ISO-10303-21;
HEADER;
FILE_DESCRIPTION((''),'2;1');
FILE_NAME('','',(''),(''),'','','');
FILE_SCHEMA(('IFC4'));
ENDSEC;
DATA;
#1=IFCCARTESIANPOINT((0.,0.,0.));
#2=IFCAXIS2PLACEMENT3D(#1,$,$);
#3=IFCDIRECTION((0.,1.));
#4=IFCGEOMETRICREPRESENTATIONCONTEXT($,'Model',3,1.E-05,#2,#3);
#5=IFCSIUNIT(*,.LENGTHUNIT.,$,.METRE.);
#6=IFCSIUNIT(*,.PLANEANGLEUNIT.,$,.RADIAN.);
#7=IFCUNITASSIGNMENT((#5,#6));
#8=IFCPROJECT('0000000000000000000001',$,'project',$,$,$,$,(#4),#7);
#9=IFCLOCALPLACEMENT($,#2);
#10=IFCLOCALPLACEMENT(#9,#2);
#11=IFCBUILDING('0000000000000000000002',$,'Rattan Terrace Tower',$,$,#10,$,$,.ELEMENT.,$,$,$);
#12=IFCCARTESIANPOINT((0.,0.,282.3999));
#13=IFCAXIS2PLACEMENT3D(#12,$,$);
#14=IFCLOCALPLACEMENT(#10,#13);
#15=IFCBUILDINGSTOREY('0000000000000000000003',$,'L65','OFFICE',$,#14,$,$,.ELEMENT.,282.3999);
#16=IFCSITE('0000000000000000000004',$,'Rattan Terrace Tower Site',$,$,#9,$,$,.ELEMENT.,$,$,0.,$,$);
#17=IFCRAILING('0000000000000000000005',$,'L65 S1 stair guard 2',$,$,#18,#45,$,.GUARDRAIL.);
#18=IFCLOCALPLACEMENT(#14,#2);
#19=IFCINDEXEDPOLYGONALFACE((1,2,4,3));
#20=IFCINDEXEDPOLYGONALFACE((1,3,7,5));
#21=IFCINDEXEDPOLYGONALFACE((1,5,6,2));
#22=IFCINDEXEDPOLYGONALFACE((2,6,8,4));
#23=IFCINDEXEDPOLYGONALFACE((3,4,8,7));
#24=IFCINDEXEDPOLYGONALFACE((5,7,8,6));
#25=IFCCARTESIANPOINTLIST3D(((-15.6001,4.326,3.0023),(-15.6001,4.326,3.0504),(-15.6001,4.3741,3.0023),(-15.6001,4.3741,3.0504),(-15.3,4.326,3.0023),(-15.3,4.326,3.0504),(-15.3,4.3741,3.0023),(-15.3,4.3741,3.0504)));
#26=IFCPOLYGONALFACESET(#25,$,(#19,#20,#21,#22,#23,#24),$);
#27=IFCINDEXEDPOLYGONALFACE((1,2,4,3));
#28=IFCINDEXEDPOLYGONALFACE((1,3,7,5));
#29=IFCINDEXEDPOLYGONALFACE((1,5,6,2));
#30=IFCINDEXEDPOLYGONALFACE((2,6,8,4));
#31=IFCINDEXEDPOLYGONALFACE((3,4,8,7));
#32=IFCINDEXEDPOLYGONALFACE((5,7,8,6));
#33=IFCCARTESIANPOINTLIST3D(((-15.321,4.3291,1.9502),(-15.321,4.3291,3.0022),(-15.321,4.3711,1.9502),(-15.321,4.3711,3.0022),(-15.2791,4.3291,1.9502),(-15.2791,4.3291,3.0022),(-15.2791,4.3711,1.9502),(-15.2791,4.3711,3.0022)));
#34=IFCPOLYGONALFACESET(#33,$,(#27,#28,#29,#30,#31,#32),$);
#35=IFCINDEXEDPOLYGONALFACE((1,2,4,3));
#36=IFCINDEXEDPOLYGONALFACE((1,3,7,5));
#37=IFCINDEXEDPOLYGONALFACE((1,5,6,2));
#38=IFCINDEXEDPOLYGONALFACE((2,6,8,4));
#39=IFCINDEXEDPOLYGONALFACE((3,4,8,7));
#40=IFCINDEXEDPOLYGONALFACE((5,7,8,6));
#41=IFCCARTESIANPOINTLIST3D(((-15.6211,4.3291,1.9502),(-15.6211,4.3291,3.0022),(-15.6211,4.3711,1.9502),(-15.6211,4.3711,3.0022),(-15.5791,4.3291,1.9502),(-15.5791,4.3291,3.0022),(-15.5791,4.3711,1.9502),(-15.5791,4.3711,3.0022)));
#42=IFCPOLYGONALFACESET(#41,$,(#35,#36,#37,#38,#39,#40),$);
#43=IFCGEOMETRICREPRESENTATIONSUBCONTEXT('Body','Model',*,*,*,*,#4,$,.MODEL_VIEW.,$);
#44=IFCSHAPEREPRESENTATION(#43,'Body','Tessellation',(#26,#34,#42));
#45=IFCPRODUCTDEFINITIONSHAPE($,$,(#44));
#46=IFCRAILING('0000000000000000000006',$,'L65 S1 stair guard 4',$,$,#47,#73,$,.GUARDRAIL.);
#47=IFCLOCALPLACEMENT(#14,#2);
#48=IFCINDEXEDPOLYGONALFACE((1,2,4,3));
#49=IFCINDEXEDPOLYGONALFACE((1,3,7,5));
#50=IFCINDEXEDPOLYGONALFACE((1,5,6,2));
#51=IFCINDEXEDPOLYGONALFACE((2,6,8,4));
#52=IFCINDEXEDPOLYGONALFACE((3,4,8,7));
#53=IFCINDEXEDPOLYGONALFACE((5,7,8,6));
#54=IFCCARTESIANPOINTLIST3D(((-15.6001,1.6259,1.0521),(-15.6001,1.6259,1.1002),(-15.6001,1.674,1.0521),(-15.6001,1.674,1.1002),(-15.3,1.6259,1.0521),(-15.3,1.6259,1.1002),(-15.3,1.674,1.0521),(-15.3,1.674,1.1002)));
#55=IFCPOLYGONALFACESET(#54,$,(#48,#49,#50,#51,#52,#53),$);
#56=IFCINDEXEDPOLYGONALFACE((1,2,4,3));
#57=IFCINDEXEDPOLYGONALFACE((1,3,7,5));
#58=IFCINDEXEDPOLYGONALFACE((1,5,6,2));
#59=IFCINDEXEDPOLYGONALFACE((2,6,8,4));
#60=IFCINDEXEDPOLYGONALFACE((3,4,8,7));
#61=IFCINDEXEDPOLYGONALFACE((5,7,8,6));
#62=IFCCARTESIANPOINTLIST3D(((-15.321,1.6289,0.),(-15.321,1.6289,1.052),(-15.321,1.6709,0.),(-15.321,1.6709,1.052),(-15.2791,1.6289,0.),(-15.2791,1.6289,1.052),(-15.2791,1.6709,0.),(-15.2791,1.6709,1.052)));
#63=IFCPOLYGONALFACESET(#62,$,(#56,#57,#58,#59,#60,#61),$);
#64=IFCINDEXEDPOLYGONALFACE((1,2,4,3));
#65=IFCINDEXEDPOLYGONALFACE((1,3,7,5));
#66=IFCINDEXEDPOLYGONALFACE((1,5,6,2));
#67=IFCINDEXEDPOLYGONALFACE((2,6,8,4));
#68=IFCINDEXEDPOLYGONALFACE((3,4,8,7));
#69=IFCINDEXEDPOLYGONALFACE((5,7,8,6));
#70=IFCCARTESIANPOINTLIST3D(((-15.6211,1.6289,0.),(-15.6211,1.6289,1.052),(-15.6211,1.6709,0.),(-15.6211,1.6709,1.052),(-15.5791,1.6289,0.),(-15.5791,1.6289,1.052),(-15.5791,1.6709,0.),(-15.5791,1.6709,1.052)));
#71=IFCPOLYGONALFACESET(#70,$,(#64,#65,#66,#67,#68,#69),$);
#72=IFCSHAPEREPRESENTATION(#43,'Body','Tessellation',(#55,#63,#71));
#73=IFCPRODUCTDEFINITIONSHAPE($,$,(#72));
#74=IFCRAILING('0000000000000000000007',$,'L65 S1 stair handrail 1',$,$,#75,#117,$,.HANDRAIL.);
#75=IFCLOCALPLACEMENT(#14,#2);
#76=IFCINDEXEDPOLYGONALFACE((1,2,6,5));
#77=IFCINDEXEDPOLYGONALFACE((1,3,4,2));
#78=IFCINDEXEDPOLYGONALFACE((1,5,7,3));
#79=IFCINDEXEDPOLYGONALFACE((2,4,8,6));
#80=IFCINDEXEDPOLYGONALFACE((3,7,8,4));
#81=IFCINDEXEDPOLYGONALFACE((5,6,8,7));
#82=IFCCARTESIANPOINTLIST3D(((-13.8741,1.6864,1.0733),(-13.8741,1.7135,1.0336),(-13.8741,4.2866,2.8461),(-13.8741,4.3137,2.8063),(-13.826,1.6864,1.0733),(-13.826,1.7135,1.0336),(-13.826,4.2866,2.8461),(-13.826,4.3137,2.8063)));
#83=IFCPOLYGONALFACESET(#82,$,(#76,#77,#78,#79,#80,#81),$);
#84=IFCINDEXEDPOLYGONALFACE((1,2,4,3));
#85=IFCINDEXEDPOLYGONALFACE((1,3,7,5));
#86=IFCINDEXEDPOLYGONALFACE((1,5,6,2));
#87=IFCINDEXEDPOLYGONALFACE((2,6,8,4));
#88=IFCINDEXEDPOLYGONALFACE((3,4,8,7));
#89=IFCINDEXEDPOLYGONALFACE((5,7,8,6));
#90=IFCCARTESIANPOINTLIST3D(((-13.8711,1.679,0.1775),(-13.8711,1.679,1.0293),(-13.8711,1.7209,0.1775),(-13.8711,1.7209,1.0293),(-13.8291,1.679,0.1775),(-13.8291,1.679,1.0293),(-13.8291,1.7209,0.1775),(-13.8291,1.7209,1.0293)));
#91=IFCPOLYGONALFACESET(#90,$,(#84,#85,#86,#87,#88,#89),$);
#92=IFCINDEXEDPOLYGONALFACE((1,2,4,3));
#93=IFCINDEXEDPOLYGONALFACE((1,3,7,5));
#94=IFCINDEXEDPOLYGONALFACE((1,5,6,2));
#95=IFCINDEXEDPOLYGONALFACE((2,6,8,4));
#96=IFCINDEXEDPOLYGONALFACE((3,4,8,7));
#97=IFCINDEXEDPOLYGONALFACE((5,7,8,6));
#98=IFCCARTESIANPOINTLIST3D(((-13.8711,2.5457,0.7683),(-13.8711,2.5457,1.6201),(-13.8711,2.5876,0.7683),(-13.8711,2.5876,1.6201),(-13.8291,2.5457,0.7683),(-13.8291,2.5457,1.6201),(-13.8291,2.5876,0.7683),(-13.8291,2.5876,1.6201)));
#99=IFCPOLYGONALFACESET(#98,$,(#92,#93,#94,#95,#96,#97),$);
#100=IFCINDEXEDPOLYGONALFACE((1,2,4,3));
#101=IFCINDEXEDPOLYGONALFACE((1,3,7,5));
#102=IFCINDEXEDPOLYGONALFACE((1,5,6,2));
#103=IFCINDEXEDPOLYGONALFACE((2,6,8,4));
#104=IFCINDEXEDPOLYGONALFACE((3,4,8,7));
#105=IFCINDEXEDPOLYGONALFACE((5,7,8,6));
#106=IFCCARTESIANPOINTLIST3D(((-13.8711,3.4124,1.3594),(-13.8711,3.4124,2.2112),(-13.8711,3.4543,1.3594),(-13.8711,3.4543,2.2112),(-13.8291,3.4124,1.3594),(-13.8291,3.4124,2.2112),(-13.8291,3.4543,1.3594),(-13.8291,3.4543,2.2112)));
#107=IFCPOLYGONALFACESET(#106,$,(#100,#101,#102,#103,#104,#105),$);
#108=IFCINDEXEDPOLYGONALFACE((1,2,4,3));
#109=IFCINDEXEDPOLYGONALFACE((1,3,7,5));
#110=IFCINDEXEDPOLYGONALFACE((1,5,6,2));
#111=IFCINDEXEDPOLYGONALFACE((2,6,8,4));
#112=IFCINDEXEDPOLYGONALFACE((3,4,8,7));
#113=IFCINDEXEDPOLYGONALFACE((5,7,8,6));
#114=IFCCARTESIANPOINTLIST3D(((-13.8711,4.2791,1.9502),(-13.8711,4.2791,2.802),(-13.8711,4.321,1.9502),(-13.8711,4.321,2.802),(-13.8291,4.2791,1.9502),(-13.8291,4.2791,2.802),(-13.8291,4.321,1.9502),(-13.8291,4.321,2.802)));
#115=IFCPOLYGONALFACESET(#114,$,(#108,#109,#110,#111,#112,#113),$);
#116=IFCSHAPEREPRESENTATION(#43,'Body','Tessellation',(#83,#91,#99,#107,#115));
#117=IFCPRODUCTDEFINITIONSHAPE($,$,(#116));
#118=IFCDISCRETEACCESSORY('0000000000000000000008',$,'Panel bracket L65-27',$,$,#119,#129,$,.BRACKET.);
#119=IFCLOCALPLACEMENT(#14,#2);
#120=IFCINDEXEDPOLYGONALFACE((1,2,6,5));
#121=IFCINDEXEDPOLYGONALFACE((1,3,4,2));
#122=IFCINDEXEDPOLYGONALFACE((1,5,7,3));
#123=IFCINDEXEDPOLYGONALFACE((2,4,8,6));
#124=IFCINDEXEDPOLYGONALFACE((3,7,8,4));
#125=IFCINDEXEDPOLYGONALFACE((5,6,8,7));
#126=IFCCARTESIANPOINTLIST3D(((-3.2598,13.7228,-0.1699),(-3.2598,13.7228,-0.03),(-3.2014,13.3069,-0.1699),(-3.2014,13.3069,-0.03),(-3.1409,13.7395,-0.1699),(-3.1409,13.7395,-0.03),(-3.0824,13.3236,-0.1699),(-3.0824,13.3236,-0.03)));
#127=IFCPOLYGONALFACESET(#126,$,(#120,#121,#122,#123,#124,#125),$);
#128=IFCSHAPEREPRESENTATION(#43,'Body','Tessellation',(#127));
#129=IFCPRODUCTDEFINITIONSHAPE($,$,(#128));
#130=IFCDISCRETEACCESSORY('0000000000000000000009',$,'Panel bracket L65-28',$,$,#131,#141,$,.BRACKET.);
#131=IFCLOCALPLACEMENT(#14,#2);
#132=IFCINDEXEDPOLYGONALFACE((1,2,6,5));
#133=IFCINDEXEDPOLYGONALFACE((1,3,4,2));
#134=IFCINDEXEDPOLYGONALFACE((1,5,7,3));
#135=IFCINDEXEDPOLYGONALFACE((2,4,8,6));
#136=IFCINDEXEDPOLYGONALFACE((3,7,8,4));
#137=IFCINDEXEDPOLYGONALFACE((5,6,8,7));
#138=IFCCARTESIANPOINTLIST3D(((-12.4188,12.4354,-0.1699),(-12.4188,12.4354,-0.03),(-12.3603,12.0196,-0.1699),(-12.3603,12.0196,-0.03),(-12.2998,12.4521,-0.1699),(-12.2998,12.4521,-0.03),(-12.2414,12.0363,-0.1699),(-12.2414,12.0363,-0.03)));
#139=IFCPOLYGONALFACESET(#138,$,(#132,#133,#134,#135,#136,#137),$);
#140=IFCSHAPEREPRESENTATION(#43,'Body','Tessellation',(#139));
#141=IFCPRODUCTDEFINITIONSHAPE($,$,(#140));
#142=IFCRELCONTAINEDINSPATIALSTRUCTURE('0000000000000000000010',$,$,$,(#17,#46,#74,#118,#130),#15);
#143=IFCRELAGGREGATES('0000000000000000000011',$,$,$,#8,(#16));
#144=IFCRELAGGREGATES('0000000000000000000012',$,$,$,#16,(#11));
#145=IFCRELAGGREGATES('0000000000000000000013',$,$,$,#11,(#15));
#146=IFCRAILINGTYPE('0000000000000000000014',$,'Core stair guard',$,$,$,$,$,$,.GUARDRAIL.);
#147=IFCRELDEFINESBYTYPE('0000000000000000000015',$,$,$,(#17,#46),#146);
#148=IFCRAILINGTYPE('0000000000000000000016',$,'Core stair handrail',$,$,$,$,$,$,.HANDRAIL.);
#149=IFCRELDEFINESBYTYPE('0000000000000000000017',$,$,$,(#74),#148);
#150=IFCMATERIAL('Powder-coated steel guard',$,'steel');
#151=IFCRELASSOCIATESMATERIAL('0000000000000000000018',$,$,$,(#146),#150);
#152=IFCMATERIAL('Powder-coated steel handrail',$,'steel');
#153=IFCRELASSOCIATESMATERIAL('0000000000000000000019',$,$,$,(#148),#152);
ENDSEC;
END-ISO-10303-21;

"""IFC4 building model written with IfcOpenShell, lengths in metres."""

from ifc_helpers import new_model, si_unit, direction, frame, origin, origin_2d, place, context, subcontext, project, spatial, rectangle, extrude, material, type_object, element, save


model = new_model("IFC4")

# Units and contexts
model_context = context("Model", 3, precision=1e-05, world=origin(), true_north=direction((0.0, 1.0)))
body_context = subcontext(model_context, "Body", "Model", "MODEL_VIEW")
ifc_project = project(units=[si_unit("LENGTHUNIT", "METRE"), si_unit("PLANEANGLEUNIT", "RADIAN")], contexts=[model_context])

# Site, building, storey
site_placement = place(None, origin())
site = spatial("IfcSite", under=ifc_project, at=site_placement, Name="Rattan Terrace Tower Site", CompositionType="ELEMENT", RefElevation=0.0)
building_placement = place(site_placement, origin())
building = spatial("IfcBuilding", under=site, at=building_placement, Name="Rattan Terrace Tower", CompositionType="ELEMENT")
storey_placement = place(building_placement, frame((0.0, 0.0, 282.3999)))
storey = spatial("IfcBuildingStorey", under=building, at=storey_placement, Name="L65", Description="OFFICE", CompositionType="ELEMENT", Elevation=282.3999)

# Railings
ifc_material_1 = material(Name="Powder-coated steel guard", Category="steel")
railing_type_1 = type_object("IfcRailingType", Name="Core stair guard", PredefinedType="GUARDRAIL", material=ifc_material_1)
for number, where, name in (
    (1, (-15.3, 4.3501, 1.9502), "L65 S1 stair guard 2"),
    (2, (-15.3, 1.6499, 0.0), "L65 S1 stair guard 4"),
):
    element("IfcRailing", number, at=place(storey_placement, frame(where)), inside=storey, type_object=railing_type_1, Name=name, PredefinedType="GUARDRAIL", context=body_context, shape_type="SweptSolid", body=[
        extrude(rectangle(XDim=0.0481, YDim=0.0481, at=origin_2d()), frame((0.0, 0.0, 1.0762), z_axis=(-1.0, 0.0, 0.0), x_axis=(0.0, -1.0, 0.0)), (0.0, 0.0, 1.0), 0.3),
        extrude(rectangle(XDim=0.042, YDim=0.042, at=origin_2d()), origin(), (0.0, 0.0, 1.0), 1.052),
        extrude(rectangle(XDim=0.042, YDim=0.042, at=origin_2d()), frame((-0.3, 0.0, 0.0)), (0.0, 0.0, 1.0), 1.052),
    ])
ifc_material_2 = material(Name="Powder-coated steel handrail", Category="steel")
railing_type_2 = type_object("IfcRailingType", Name="Core stair handrail", PredefinedType="HANDRAIL", material=ifc_material_2)
railing_1_placement = place(storey_placement, frame((-13.8501, 1.7, 0.1775)))
element("IfcRailing", 3, at=railing_1_placement, inside=storey, type_object=railing_type_2, Name="L65 S1 stair handrail 1", PredefinedType="HANDRAIL", context=body_context, shape_type="SweptSolid", body=[
    extrude(rectangle(XDim=0.0481, YDim=0.0481, at=origin_2d()), frame((0.0, 0.0, 0.876), z_axis=(0.0, 0.82624, 0.563318), x_axis=(-1.0, 0.0, 0.0)), (0.0, 0.0, 1.0), 3.147),
    extrude(rectangle(XDim=0.042, YDim=0.042, at=origin_2d()), origin(), (0.0, 0.0, 1.0), 0.8518),
    extrude(rectangle(XDim=0.042, YDim=0.042, at=origin_2d()), frame((0.0, 0.8667, 0.5908)), (0.0, 0.0, 1.0), 0.8518),
    extrude(rectangle(XDim=0.042, YDim=0.042, at=origin_2d()), frame((0.0, 1.7334, 1.1819)), (0.0, 0.0, 1.0), 0.8518),
    extrude(rectangle(XDim=0.042, YDim=0.042, at=origin_2d()), frame((0.0, 2.6001, 1.7727)), (0.0, 0.0, 1.0), 0.8518),
])

# Discrete accessories
for number, where, z_axis, x_axis, name in (
    (4, (-3.1711, 13.5232, -0.1699), (0.0, 0.0, 1.0), (-0.990266, -0.139189, 0.0), "Panel bracket L65-27"),
    (5, (-12.3301, 12.2358, -0.1699), (0.0, 0.0, 1.0), (-0.990266, -0.139189, 0.0), "Panel bracket L65-28"),
):
    element("IfcDiscreteAccessory", number, at=place(storey_placement, frame(where, z_axis=z_axis, x_axis=x_axis)), inside=storey, Name=name, PredefinedType="BRACKET", context=body_context, shape_type="SweptSolid", body=[
        extrude(rectangle(XDim=0.1201, YDim=0.4199, at=origin_2d()), origin(), (0.0, 0.0, 1.0), 0.1399),
    ])

save(model, "model.ifc")
